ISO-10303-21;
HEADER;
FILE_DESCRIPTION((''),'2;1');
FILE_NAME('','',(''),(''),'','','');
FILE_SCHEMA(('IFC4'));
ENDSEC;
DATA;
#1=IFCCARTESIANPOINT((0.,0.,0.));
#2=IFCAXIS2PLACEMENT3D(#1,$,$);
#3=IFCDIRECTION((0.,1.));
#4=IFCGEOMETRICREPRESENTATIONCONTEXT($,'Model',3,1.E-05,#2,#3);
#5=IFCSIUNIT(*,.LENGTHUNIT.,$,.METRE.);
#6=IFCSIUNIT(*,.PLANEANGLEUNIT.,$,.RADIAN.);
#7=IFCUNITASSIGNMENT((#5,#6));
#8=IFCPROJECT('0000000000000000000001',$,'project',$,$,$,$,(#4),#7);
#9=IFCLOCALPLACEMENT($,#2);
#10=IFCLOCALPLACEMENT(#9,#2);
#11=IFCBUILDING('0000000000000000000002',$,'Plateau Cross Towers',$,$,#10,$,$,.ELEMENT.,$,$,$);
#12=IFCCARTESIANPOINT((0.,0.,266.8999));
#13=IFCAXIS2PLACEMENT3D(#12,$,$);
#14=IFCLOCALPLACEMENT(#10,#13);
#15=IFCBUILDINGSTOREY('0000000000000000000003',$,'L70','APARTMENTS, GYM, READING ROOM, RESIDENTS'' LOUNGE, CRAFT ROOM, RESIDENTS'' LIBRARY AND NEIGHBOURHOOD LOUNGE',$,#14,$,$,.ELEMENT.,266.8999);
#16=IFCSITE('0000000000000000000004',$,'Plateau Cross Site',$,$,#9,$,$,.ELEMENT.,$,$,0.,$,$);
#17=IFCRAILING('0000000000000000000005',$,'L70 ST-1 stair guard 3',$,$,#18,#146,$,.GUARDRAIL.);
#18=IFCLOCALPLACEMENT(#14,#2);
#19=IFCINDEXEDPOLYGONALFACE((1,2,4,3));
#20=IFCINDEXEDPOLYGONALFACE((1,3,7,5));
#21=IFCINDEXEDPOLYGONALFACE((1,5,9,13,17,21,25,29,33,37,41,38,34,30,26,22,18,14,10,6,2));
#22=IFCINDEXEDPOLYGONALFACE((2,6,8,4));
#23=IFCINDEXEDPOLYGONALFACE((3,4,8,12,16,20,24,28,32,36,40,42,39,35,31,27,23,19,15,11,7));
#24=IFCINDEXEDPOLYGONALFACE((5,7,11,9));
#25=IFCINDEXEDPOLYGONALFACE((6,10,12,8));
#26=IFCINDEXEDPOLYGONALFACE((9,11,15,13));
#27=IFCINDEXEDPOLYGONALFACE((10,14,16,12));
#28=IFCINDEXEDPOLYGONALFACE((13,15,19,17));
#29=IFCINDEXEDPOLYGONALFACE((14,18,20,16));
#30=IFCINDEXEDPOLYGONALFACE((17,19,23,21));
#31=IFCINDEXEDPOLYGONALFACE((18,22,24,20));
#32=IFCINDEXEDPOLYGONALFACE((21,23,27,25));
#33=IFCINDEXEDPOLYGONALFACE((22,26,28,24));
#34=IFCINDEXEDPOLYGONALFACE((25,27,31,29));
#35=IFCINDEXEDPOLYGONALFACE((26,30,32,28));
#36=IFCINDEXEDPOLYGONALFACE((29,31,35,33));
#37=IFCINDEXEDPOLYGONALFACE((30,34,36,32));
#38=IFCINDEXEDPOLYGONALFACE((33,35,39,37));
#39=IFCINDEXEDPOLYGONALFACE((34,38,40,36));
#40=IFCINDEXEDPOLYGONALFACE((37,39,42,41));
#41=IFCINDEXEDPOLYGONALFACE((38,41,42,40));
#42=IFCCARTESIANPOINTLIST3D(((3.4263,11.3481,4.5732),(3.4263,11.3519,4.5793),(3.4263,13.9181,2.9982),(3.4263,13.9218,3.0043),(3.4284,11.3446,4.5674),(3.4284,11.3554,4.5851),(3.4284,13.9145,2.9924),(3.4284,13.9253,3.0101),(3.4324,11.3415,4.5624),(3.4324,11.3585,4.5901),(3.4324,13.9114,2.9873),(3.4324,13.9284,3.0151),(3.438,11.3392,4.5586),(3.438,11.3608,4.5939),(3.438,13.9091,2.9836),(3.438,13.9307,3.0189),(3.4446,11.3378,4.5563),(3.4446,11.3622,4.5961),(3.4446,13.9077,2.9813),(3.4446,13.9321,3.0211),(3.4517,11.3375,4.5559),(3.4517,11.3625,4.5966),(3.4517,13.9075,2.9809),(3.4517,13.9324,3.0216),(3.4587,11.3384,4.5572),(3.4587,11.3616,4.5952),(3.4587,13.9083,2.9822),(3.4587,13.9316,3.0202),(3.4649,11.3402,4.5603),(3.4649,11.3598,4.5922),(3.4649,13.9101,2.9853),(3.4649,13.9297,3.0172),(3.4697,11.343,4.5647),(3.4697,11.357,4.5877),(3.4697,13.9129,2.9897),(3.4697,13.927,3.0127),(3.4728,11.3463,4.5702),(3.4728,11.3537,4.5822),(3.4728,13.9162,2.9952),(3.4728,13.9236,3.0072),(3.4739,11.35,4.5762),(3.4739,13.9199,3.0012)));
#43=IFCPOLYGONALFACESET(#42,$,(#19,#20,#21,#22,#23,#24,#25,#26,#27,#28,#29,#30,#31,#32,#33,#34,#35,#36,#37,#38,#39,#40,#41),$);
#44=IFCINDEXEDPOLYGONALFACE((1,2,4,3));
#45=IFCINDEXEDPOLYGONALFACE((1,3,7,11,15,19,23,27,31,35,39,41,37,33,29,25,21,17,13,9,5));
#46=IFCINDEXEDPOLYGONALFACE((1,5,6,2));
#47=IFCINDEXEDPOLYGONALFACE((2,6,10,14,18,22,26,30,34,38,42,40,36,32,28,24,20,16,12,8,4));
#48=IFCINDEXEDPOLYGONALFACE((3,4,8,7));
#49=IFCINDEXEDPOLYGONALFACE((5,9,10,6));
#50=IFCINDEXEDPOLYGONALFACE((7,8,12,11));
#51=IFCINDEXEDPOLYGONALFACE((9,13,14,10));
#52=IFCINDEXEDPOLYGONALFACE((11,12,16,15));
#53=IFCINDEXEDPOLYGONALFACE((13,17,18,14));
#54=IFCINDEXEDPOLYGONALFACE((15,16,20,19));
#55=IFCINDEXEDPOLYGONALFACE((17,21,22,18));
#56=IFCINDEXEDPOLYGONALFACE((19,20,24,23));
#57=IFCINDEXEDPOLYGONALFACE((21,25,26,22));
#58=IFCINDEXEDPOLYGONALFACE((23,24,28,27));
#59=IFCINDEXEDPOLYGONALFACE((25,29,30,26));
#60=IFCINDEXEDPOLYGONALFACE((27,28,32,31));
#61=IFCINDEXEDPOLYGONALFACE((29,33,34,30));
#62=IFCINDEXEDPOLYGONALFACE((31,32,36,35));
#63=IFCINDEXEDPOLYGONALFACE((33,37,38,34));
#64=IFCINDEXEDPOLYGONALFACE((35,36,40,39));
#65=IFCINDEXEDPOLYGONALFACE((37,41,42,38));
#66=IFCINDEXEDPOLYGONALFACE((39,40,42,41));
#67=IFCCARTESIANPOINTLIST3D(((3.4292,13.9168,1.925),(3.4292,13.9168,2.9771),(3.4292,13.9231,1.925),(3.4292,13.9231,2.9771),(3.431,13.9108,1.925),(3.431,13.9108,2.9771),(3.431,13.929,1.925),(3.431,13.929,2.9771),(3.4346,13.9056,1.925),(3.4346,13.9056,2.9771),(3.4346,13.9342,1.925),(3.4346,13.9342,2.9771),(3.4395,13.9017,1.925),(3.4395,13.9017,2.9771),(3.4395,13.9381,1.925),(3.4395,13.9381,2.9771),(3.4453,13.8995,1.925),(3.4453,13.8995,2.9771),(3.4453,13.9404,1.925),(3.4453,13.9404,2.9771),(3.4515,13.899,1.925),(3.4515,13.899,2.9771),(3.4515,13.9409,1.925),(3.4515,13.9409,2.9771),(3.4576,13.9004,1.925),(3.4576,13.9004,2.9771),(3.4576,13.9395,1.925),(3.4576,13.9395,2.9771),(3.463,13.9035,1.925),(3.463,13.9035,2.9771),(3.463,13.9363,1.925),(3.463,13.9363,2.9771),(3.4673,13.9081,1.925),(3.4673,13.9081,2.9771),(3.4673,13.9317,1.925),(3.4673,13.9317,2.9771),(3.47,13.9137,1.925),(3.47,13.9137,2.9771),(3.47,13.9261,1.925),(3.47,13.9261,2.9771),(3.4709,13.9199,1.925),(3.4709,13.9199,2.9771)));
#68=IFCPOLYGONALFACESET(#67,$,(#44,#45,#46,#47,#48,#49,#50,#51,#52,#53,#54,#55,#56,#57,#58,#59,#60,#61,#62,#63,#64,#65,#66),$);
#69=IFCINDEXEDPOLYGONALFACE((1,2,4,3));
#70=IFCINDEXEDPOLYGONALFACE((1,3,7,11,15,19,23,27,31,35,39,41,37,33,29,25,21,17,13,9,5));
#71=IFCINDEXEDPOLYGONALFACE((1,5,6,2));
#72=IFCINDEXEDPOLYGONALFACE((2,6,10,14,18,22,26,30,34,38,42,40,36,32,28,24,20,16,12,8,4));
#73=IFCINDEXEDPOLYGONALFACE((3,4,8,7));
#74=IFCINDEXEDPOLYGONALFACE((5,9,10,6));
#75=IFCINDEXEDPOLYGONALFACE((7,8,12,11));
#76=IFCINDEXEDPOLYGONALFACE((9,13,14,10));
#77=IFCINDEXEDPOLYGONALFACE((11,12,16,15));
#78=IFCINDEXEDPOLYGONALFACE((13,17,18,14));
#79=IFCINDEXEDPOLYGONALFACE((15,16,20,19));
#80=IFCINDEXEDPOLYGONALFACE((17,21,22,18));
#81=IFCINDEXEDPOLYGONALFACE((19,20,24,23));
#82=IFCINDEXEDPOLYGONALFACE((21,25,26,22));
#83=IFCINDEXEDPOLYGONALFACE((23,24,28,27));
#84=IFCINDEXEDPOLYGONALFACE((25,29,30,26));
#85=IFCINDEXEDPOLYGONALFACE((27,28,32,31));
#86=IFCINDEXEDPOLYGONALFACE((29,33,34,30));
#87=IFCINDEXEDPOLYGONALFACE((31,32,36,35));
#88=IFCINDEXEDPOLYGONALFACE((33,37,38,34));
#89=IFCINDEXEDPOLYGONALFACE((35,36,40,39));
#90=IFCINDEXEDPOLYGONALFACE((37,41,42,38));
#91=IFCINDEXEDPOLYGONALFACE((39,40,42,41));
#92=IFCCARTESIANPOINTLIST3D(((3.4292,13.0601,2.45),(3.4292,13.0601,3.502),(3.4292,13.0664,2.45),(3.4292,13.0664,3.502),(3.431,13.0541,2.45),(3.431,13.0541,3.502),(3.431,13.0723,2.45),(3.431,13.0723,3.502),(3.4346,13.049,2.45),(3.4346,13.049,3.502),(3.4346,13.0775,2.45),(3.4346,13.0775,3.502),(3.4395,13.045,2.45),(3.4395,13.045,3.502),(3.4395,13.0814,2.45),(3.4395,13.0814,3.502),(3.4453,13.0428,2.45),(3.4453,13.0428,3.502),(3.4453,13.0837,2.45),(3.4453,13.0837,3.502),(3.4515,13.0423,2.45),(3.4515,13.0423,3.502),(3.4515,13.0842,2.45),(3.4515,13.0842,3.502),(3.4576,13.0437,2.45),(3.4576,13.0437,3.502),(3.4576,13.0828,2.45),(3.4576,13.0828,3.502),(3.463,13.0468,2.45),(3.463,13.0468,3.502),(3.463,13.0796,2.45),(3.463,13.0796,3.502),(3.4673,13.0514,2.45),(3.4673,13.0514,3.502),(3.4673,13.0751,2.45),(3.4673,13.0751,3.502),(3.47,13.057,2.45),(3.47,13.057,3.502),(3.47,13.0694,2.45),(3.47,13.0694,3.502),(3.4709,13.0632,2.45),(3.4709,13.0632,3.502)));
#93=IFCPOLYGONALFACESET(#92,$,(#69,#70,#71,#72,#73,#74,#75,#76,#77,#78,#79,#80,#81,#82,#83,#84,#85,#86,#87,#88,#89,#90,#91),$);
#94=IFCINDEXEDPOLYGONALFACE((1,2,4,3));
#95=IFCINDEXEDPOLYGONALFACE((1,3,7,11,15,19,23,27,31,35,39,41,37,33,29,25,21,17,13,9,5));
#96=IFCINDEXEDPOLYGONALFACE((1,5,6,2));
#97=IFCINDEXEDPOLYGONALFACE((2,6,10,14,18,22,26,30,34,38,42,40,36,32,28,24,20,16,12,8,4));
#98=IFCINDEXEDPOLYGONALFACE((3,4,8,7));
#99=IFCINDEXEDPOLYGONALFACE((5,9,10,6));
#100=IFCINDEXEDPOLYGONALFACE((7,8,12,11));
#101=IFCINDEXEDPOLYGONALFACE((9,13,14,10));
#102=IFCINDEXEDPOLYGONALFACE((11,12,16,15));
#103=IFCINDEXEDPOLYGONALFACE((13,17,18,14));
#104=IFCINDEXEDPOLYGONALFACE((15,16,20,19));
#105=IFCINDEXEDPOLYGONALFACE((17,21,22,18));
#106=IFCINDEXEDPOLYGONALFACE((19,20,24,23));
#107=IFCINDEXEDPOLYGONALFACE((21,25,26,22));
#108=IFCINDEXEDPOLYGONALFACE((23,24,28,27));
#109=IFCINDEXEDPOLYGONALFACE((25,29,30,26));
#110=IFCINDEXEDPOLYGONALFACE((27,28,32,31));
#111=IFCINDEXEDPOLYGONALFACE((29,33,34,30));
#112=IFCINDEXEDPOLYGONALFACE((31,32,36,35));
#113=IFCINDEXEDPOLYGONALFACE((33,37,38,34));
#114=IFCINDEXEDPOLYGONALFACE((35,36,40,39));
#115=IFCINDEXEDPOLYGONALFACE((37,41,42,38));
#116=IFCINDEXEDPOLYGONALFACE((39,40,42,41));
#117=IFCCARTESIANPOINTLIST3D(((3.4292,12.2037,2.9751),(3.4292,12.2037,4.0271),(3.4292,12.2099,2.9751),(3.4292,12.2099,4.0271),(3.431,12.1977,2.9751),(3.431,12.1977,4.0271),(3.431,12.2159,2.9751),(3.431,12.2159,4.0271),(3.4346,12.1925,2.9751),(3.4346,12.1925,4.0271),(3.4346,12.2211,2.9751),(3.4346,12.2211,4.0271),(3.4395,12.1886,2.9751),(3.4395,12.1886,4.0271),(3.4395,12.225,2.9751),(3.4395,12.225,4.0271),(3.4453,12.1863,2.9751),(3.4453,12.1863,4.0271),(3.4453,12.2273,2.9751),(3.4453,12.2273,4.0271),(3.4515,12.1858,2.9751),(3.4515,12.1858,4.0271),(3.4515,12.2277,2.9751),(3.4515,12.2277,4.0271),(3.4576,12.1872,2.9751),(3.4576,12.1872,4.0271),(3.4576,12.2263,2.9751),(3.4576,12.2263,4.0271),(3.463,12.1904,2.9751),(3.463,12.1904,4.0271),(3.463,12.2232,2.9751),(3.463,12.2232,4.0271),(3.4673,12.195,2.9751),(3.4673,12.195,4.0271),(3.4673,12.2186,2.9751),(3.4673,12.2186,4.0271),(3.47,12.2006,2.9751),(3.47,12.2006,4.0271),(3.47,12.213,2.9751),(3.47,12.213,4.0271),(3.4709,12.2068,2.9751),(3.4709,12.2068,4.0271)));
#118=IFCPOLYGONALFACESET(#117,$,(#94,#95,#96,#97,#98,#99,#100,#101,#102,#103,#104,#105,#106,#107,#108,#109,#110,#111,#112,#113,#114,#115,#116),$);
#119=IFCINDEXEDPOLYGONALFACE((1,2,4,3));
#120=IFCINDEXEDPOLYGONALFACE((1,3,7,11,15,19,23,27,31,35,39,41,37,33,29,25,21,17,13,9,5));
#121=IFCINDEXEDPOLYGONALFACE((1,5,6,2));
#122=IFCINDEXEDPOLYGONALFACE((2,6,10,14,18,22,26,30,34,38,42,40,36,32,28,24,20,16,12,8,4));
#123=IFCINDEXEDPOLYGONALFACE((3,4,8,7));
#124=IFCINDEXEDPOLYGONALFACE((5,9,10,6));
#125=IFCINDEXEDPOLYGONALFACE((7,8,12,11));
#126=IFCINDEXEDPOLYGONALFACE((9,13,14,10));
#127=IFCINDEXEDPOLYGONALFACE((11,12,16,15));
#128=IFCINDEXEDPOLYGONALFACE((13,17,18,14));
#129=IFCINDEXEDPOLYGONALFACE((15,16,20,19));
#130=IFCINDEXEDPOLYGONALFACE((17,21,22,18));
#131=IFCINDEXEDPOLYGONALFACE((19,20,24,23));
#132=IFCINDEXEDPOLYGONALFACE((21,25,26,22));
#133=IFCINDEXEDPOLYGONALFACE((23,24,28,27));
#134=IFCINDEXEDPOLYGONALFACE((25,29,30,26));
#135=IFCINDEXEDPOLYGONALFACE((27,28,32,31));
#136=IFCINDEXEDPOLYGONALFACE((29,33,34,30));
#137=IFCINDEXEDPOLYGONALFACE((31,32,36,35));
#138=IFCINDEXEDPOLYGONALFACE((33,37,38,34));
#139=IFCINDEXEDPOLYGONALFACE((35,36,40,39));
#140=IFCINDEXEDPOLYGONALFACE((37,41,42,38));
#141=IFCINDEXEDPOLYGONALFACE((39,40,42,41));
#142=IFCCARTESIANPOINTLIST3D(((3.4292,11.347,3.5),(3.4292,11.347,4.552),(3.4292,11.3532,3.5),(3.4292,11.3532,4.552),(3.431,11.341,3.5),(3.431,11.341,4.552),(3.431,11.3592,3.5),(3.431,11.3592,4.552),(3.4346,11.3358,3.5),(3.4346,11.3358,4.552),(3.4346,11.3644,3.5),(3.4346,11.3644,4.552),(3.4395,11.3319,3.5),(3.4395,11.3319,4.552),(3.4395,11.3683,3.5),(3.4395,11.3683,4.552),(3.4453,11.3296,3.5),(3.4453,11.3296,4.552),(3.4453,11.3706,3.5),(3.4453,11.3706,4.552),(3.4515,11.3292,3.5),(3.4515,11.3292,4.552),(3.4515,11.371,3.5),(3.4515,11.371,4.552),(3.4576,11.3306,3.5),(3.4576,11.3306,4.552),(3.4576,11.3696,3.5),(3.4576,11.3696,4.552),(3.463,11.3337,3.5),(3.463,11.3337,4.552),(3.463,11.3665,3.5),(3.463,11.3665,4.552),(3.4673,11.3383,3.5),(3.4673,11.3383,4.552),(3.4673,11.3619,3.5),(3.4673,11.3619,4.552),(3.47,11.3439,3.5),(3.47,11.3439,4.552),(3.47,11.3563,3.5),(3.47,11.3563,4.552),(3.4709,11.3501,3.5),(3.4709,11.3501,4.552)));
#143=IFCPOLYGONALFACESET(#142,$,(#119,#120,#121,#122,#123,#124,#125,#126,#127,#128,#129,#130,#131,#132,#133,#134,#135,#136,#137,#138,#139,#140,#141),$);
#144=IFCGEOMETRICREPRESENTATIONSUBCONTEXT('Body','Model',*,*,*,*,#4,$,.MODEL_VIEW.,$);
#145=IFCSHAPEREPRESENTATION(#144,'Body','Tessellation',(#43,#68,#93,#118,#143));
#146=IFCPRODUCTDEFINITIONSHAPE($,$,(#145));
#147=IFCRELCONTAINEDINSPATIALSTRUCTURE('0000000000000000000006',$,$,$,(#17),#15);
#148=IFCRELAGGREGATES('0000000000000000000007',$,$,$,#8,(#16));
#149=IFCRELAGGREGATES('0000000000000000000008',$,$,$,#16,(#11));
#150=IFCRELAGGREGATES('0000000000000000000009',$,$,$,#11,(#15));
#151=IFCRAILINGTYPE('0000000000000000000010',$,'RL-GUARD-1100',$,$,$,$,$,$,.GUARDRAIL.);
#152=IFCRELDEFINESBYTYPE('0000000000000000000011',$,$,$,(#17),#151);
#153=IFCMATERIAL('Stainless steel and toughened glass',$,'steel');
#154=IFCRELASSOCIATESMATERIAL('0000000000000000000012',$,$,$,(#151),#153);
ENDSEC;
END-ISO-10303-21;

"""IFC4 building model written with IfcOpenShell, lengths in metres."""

from ifc_helpers import new_model, si_unit, direction, frame, origin, origin_2d, place, context, subcontext, project, spatial, circle, extrude, material, type_object, element, save


model = new_model("IFC4")

# Units and contexts
model_context = context("Model", 3, precision=1e-05, world=origin(), true_north=direction((0.0, 1.0)))
body_context = subcontext(model_context, "Body", "Model", "MODEL_VIEW")
ifc_project = project(units=[si_unit("LENGTHUNIT", "METRE"), si_unit("PLANEANGLEUNIT", "RADIAN")], contexts=[model_context])

# Site, building, storey
site_placement = place(None, origin())
site = spatial("IfcSite", under=ifc_project, at=site_placement, Name="Plateau Cross Site", CompositionType="ELEMENT", RefElevation=0.0)
building_placement = place(site_placement, origin())
building = spatial("IfcBuilding", under=site, at=building_placement, Name="Plateau Cross Towers", CompositionType="ELEMENT")
storey_placement = place(building_placement, frame((0.0, 0.0, 266.8999)))
storey = spatial("IfcBuildingStorey", under=building, at=storey_placement, Name="L70", Description="APARTMENTS, GYM, READING ROOM, RESIDENTS' LOUNGE, CRAFT ROOM, RESIDENTS' LIBRARY AND NEIGHBOURHOOD LOUNGE", CompositionType="ELEMENT", Elevation=266.8999)

# Railing
ifc_material_1 = material(Name="Stainless steel and toughened glass", Category="steel")
railing_type_1 = type_object("IfcRailingType", Name="RL-GUARD-1100", PredefinedType="GUARDRAIL", material=ifc_material_1)
railing_1_placement = place(storey_placement, frame((3.45, 13.9199, 1.925)))
element("IfcRailing", 1, at=railing_1_placement, inside=storey, type_object=railing_type_1, Name="L70 ST-1 stair guard 3", PredefinedType="GUARDRAIL", context=body_context, shape_type="SweptSolid", body=[
    extrude(circle(Radius=0.0239, at=origin_2d()), frame((0.0, 0.0, 1.0762), z_axis=(0.0, -0.852616, 0.522537), x_axis=(1.0, 0.0, 0.0)), (0.0, 0.0, 1.0), 3.0142),
    extrude(circle(Radius=0.021, at=origin_2d()), origin(), (0.0, 0.0, 1.0), 1.052),
    extrude(circle(Radius=0.021, at=origin_2d()), frame((0.0, -0.8567, 0.5249)), (0.0, 0.0, 1.0), 1.052),
    extrude(circle(Radius=0.021, at=origin_2d()), frame((0.0, -1.7131, 1.05)), (0.0, 0.0, 1.0), 1.052),
    extrude(circle(Radius=0.021, at=origin_2d()), frame((0.0, -2.5698, 1.575)), (0.0, 0.0, 1.0), 1.052),
])

save(model, "model.ifc")
